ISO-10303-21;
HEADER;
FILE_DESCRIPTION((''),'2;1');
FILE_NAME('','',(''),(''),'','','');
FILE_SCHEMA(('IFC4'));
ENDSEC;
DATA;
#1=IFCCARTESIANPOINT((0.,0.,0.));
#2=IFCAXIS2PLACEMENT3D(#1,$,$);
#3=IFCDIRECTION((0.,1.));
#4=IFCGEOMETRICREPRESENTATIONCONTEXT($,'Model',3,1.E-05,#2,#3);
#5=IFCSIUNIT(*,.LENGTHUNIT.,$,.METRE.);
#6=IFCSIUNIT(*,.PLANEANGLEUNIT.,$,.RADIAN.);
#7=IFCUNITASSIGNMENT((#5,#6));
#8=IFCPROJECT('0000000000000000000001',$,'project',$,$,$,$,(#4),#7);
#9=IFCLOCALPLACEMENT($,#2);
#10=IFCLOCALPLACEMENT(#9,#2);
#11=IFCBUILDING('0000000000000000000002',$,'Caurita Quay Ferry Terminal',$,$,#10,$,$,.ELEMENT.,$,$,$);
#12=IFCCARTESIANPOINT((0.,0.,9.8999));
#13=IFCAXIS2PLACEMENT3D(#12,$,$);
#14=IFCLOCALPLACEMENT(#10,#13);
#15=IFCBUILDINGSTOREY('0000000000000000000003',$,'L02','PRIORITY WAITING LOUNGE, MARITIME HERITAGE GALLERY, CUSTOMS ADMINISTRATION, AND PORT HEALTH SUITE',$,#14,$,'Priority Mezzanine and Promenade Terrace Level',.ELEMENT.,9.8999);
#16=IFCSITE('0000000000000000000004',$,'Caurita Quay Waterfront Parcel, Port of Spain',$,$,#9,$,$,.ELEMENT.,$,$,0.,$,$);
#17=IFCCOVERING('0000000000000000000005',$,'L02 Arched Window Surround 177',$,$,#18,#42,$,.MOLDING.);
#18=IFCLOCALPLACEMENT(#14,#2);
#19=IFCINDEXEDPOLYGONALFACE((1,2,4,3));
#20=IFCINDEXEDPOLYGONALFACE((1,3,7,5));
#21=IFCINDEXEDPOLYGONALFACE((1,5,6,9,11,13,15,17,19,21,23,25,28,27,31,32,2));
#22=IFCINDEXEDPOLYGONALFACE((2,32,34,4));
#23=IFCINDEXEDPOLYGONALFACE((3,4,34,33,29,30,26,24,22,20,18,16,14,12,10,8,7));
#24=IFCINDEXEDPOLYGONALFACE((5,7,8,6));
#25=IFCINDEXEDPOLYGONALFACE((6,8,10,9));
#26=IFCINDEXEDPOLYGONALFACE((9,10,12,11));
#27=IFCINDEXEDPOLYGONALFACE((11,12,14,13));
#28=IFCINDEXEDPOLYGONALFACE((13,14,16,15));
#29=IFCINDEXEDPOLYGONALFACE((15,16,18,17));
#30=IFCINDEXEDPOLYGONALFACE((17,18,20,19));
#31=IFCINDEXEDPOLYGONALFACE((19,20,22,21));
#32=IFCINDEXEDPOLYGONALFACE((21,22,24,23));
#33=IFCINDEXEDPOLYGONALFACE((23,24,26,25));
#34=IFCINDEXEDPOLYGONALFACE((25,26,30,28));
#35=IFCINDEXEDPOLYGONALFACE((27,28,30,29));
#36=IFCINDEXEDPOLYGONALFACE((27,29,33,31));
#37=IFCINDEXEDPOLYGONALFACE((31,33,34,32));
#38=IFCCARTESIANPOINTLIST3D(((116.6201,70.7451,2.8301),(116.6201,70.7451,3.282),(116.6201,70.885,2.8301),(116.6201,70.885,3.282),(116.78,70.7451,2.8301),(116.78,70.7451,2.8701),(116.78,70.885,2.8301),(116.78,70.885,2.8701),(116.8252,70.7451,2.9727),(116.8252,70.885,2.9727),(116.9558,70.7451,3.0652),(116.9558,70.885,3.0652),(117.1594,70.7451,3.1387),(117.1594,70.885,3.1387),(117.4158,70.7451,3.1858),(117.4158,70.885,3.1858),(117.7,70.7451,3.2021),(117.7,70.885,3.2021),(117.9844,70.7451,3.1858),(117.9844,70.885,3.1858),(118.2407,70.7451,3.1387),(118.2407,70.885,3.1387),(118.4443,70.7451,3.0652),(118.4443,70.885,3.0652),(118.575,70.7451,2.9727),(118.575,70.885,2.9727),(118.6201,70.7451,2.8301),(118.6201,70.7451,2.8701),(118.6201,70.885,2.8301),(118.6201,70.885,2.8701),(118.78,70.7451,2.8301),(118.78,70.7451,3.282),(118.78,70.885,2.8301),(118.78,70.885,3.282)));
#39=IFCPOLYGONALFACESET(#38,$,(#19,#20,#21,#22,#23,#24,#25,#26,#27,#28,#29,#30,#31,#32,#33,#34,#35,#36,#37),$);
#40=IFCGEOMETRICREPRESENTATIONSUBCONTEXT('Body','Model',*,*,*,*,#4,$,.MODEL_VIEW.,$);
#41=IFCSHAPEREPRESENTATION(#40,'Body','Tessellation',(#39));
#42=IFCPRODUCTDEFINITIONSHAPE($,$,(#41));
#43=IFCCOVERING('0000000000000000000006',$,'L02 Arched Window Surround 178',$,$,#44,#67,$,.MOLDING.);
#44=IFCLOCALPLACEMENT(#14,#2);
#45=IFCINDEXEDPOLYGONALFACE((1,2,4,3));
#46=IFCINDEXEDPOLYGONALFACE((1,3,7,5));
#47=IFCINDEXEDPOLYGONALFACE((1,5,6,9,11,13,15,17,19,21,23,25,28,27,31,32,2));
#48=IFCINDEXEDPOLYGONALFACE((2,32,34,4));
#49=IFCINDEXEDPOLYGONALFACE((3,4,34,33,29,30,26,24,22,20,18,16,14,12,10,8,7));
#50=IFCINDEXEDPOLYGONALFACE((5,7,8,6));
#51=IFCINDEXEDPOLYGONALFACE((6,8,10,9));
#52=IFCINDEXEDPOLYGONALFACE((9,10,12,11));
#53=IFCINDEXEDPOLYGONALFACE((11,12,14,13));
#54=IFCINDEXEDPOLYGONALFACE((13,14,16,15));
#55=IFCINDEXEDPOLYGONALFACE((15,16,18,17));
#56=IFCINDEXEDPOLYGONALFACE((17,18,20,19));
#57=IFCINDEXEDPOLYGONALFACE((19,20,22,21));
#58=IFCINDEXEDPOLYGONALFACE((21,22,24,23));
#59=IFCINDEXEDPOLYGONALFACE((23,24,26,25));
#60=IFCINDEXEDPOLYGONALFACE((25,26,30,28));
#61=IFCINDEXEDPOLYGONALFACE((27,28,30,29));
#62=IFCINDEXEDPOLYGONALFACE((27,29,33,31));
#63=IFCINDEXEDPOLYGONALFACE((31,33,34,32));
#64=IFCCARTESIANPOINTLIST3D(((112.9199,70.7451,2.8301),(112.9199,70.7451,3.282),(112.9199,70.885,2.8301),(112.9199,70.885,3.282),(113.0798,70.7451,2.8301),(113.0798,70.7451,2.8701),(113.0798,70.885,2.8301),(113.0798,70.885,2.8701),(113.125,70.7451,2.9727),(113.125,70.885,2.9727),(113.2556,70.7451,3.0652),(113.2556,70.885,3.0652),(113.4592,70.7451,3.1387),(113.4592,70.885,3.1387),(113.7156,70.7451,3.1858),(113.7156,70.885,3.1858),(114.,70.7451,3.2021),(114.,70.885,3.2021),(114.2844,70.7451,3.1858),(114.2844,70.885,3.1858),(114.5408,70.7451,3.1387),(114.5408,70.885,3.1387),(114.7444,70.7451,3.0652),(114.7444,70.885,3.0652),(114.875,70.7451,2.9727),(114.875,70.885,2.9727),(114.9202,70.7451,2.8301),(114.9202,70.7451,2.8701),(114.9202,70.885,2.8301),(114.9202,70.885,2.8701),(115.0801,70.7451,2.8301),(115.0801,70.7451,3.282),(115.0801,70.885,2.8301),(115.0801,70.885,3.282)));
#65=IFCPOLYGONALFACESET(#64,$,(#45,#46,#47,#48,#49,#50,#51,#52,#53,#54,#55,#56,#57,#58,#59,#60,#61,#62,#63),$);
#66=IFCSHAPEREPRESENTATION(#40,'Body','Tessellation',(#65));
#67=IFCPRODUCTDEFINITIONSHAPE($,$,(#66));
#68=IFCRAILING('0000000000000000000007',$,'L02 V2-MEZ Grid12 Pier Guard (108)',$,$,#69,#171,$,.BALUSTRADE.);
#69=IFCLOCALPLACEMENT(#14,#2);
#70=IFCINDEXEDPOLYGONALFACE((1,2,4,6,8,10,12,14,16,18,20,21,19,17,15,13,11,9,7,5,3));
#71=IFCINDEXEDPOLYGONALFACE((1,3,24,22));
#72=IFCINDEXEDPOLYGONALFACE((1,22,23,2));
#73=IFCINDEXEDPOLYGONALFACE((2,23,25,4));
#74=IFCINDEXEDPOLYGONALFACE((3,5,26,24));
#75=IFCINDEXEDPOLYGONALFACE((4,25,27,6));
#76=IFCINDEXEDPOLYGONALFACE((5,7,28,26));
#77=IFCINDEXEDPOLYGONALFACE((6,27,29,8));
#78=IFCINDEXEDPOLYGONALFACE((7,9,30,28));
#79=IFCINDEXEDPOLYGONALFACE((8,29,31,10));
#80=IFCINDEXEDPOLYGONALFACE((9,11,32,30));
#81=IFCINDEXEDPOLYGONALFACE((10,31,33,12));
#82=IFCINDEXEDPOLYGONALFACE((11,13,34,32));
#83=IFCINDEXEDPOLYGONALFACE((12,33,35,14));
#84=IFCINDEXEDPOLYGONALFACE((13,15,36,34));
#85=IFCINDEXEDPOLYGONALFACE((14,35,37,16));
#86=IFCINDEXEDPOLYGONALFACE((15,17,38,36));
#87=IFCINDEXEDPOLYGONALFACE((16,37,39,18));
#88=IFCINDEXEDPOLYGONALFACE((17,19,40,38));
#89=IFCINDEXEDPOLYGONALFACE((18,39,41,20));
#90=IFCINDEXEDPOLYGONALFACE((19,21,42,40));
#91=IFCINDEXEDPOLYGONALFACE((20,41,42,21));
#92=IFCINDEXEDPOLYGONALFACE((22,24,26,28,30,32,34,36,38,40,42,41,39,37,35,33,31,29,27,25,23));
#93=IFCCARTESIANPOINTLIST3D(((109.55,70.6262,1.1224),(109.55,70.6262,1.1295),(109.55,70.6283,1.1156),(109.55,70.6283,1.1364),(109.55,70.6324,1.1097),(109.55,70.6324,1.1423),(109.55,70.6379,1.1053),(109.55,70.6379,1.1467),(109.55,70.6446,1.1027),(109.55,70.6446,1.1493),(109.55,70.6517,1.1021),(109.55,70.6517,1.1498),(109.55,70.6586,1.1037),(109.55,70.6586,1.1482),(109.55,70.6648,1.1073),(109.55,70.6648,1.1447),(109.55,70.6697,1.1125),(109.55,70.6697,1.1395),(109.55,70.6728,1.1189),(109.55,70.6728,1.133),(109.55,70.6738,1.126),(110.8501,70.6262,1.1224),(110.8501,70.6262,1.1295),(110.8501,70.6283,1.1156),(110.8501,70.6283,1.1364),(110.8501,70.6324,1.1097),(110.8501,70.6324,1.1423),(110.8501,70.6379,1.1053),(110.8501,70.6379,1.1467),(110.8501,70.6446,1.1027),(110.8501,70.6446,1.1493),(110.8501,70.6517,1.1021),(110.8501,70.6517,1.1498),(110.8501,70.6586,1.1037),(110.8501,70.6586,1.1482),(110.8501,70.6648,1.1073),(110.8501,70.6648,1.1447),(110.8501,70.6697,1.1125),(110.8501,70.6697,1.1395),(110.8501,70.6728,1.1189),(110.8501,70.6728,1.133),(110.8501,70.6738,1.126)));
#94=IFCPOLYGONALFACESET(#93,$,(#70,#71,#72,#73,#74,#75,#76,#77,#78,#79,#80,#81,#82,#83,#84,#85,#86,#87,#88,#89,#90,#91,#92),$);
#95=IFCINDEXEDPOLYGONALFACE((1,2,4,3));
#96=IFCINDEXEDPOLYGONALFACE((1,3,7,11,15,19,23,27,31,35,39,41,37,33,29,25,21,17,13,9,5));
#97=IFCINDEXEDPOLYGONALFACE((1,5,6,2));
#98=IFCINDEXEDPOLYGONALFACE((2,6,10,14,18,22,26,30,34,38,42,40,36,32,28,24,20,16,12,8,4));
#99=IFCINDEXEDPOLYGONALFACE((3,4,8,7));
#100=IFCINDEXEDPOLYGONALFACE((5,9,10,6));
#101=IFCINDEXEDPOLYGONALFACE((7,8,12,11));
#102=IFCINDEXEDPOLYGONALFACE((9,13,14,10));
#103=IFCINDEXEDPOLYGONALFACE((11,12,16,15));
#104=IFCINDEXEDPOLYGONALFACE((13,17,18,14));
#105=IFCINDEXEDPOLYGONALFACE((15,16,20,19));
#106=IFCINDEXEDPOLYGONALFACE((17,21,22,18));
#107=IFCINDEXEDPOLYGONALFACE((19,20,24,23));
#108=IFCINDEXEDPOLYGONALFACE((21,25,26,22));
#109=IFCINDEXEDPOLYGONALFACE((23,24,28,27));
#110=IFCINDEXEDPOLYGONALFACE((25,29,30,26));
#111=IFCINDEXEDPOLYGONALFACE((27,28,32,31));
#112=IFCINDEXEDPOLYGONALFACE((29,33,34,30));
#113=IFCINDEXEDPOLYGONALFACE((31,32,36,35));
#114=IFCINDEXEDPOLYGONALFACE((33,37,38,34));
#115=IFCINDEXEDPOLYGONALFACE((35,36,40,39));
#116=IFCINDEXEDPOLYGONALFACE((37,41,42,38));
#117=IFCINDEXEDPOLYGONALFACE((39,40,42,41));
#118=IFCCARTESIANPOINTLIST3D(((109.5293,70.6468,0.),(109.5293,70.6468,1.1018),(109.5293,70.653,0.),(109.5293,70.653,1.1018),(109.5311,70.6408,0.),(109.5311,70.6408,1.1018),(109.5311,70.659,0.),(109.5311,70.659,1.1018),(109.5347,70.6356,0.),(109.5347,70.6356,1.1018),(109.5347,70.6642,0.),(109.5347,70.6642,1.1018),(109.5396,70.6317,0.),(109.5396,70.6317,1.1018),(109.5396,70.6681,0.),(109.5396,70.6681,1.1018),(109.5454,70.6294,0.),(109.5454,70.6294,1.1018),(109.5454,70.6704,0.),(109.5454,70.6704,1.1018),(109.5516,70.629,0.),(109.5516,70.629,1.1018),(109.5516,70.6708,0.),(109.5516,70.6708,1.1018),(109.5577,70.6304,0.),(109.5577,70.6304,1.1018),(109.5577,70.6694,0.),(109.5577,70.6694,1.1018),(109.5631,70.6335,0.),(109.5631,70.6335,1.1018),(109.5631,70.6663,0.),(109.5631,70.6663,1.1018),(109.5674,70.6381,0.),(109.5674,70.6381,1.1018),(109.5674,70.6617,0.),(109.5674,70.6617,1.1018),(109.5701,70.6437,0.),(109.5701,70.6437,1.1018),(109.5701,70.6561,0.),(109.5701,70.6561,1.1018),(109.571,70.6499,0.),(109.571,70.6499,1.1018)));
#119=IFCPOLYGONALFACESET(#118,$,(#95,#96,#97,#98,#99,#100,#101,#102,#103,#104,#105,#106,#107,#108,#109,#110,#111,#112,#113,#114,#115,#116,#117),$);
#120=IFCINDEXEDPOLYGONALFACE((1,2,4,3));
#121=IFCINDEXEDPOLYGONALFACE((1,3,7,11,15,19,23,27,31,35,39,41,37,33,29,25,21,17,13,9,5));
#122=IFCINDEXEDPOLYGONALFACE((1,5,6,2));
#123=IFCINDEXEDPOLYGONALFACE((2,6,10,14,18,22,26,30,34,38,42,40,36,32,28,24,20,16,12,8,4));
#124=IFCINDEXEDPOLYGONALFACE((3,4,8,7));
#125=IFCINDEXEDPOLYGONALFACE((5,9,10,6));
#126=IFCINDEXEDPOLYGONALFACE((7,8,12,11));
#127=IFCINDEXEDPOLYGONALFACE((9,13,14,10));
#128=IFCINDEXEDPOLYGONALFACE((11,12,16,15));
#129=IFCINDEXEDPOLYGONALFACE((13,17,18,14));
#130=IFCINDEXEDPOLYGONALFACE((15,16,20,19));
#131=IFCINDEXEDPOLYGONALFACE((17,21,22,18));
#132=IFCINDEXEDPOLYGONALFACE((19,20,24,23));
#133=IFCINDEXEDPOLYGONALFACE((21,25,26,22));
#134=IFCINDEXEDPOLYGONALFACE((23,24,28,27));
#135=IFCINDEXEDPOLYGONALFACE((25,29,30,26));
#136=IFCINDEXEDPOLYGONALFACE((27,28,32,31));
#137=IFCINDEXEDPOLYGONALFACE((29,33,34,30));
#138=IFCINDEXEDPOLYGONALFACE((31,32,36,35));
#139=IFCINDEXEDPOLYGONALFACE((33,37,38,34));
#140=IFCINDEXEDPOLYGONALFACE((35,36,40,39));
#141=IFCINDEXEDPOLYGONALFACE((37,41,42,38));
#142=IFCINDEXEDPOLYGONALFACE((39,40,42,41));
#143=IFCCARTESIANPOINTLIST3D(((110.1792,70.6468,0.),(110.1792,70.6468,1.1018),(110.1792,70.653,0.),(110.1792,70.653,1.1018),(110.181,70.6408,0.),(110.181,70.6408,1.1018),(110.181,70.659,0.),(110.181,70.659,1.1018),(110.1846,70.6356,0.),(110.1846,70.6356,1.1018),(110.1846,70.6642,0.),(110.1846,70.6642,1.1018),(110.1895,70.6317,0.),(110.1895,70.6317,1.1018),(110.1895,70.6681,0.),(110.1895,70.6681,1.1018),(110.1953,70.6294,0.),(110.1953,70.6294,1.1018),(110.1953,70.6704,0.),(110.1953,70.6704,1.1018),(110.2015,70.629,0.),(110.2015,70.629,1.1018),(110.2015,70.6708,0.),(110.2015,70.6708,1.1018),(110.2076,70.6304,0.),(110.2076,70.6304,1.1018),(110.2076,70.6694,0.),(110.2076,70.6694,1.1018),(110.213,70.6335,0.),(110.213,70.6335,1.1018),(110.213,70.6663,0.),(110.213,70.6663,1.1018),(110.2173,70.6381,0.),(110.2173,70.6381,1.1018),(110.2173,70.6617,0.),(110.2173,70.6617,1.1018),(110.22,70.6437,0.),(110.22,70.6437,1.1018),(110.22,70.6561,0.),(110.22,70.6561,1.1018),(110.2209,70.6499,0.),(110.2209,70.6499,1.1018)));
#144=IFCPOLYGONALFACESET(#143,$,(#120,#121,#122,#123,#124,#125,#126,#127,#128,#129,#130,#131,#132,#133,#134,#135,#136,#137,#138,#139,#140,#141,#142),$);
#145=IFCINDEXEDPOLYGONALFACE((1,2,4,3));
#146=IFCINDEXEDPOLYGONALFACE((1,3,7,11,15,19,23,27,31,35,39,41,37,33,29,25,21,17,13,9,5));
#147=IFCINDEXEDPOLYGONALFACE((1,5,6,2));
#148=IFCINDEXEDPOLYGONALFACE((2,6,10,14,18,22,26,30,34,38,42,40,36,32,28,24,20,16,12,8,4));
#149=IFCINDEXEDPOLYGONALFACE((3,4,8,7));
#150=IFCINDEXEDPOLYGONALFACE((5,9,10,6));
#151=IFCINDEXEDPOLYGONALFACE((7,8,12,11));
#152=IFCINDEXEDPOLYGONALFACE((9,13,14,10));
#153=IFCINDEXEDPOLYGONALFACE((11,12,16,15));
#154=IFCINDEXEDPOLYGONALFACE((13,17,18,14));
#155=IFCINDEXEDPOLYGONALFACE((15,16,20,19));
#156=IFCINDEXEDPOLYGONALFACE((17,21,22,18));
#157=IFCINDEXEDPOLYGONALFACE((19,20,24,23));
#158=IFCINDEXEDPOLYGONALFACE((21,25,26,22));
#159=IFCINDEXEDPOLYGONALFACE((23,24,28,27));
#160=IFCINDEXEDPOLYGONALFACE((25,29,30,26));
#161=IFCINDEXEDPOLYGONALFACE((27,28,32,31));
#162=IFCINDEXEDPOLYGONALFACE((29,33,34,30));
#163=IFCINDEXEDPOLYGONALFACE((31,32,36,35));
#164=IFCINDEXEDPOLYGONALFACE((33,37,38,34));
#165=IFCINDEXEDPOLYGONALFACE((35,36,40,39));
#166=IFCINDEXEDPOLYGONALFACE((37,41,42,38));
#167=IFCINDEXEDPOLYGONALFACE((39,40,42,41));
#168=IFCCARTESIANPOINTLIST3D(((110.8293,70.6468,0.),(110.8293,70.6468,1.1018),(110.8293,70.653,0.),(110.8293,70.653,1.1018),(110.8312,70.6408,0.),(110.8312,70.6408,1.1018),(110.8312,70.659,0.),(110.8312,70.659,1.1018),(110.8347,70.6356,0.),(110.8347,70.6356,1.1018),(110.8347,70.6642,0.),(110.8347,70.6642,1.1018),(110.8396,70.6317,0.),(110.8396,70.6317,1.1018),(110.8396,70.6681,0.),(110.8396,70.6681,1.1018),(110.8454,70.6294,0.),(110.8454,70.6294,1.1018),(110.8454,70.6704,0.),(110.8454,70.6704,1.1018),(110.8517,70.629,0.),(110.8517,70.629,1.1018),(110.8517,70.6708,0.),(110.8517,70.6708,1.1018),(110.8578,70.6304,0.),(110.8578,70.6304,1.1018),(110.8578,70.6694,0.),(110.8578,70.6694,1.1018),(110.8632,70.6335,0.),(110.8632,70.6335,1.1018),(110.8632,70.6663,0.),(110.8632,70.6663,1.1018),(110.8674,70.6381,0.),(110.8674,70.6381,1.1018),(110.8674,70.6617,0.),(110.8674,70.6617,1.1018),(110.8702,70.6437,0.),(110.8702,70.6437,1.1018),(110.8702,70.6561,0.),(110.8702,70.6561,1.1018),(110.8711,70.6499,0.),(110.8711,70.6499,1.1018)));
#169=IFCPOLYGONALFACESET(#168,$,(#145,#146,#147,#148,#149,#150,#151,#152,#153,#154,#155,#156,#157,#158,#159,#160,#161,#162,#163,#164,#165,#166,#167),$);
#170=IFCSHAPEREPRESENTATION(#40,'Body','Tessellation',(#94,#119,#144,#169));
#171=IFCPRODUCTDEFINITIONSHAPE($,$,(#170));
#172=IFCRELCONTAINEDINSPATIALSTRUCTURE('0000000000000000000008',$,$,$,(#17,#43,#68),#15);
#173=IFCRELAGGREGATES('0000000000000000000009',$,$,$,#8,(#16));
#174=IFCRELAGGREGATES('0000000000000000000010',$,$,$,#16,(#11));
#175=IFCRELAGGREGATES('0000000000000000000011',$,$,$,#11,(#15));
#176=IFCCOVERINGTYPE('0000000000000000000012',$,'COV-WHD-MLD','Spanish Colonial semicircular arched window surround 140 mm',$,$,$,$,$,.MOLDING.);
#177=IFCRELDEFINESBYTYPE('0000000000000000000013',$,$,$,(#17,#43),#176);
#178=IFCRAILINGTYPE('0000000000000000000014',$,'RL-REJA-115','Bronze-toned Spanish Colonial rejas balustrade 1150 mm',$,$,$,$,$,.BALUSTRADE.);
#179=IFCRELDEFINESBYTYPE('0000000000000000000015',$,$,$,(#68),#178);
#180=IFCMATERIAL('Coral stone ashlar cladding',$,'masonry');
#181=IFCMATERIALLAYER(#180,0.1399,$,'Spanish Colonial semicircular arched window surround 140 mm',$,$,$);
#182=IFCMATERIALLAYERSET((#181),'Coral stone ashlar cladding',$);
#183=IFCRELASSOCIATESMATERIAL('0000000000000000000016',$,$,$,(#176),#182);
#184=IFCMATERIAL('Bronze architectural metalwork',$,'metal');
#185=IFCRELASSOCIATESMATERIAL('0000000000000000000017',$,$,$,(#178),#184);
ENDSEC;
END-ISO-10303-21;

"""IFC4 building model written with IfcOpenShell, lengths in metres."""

from ifc_helpers import new_model, si_unit, direction, frame, origin, origin_2d, place, context, subcontext, project, spatial, polyline, circle, outline, extrude, material, layer, layer_set, type_object, element, save


model = new_model("IFC4")

# Units and contexts
model_context = context("Model", 3, precision=1e-05, world=origin(), true_north=direction((0.0, 1.0)))
body_context = subcontext(model_context, "Body", "Model", "MODEL_VIEW")
ifc_project = project(units=[si_unit("LENGTHUNIT", "METRE"), si_unit("PLANEANGLEUNIT", "RADIAN")], contexts=[model_context])

# Site, building, storey
site_placement = place(None, origin())
site = spatial("IfcSite", under=ifc_project, at=site_placement, Name="Caurita Quay Waterfront Parcel, Port of Spain", CompositionType="ELEMENT", RefElevation=0.0)
building_placement = place(site_placement, origin())
building = spatial("IfcBuilding", under=site, at=building_placement, Name="Caurita Quay Ferry Terminal", CompositionType="ELEMENT")
storey_placement = place(building_placement, frame((0.0, 0.0, 9.8999)))
storey = spatial("IfcBuildingStorey", under=building, at=storey_placement, Name="L02", Description="PRIORITY WAITING LOUNGE, MARITIME HERITAGE GALLERY, CUSTOMS ADMINISTRATION, AND PORT HEALTH SUITE", LongName="Priority Mezzanine and Promenade Terrace Level", CompositionType="ELEMENT", Elevation=9.8999)

# Coverings
ifc_material_1 = material(Name="Coral stone ashlar cladding", Category="masonry")
ifc_layer_1 = layer(ifc_material_1, 0.1399, Name="Spanish Colonial semicircular arched window surround 140 mm")
ifc_layer_set_1 = layer_set([ifc_layer_1], Name="Coral stone ashlar cladding")
covering_type_1 = type_object("IfcCoveringType", Name="COV-WHD-MLD", Description="Spanish Colonial semicircular arched window surround 140 mm", PredefinedType="MOLDING", material=ifc_layer_set_1)
covering_1_placement = place(storey_placement, frame((118.78, 70.8149, 2.8301), z_axis=(0.0, 0.0, 1.0), x_axis=(-1.0, 0.0, 0.0)))
element("IfcCovering", 1, at=covering_1_placement, inside=storey, type_object=covering_type_1, Name="L02 Arched Window Surround 177", PredefinedType="MOLDING", context=body_context, shape_type="SweptSolid", body=[
    extrude(outline(polyline([(0.0, 0.0), (0.1599, 0.0), (0.1599, 0.04), (0.2051, 0.1426), (0.3357, 0.2351), (0.5393, 0.3086), (0.7957, 0.3557), (1.0801, 0.3721), (1.3643, 0.3557), (1.6206, 0.3086), (1.8242, 0.2351), (1.9548, 0.1426), (2.0, 0.04), (2.0, 0.0), (2.1599, 0.0), (2.1599, 0.4519), (0.0, 0.4519), (0.0, 0.0)])), frame((0.0, 0.0698, 0.0), z_axis=(0.0, -1.0, 0.0), x_axis=(1.0, 0.0, 0.0)), (0.0, 0.0, 1.0), 0.1399),
])
covering_2_placement = place(storey_placement, frame((115.0801, 70.8149, 2.8301), z_axis=(0.0, 0.0, 1.0), x_axis=(-1.0, 0.0, 0.0)))
element("IfcCovering", 2, at=covering_2_placement, inside=storey, type_object=covering_type_1, Name="L02 Arched Window Surround 178", PredefinedType="MOLDING", context=body_context, shape_type="SweptSolid", body=[
    extrude(outline(polyline([(0.0, 0.0), (0.1599, 0.0), (0.1599, 0.04), (0.2051, 0.1426), (0.3357, 0.2351), (0.5393, 0.3086), (0.7957, 0.3557), (1.0801, 0.3721), (1.3645, 0.3557), (1.6208, 0.3086), (1.8245, 0.2351), (1.9551, 0.1426), (2.0002, 0.04), (2.0002, 0.0), (2.1602, 0.0), (2.1602, 0.4519), (0.0, 0.4519), (0.0, 0.0)])), frame((0.0, 0.0698, 0.0), z_axis=(0.0, -1.0, 0.0), x_axis=(1.0, 0.0, 0.0)), (0.0, 0.0, 1.0), 0.1399),
])

# Railing
ifc_material_2 = material(Name="Bronze architectural metalwork", Category="metal")
railing_type = type_object("IfcRailingType", Name="RL-REJA-115", Description="Bronze-toned Spanish Colonial rejas balustrade 1150 mm", PredefinedType="BALUSTRADE", material=ifc_material_2)
railing_placement = place(storey_placement, frame((109.55, 70.6499, 0.0)))
element("IfcRailing", 3, at=railing_placement, inside=storey, type_object=railing_type, Name="L02 V2-MEZ Grid12 Pier Guard (108)", PredefinedType="BALUSTRADE", context=body_context, shape_type="SweptSolid", body=[
    extrude(circle(Radius=0.0239, at=origin_2d()), frame((0.0, 0.0, 1.126), z_axis=(1.0, 0.0, 0.0), x_axis=(0.0, 1.0, 0.0)), (0.0, 0.0, 1.0), 1.3),
    extrude(circle(Radius=0.021, at=origin_2d()), origin(), (0.0, 0.0, 1.0), 1.1018),
    extrude(circle(Radius=0.021, at=origin_2d()), frame((0.6499, 0.0, 0.0)), (0.0, 0.0, 1.0), 1.1018),
    extrude(circle(Radius=0.021, at=origin_2d()), frame((1.3, 0.0, 0.0)), (0.0, 0.0, 1.0), 1.1018),
])

save(model, "model.ifc")
